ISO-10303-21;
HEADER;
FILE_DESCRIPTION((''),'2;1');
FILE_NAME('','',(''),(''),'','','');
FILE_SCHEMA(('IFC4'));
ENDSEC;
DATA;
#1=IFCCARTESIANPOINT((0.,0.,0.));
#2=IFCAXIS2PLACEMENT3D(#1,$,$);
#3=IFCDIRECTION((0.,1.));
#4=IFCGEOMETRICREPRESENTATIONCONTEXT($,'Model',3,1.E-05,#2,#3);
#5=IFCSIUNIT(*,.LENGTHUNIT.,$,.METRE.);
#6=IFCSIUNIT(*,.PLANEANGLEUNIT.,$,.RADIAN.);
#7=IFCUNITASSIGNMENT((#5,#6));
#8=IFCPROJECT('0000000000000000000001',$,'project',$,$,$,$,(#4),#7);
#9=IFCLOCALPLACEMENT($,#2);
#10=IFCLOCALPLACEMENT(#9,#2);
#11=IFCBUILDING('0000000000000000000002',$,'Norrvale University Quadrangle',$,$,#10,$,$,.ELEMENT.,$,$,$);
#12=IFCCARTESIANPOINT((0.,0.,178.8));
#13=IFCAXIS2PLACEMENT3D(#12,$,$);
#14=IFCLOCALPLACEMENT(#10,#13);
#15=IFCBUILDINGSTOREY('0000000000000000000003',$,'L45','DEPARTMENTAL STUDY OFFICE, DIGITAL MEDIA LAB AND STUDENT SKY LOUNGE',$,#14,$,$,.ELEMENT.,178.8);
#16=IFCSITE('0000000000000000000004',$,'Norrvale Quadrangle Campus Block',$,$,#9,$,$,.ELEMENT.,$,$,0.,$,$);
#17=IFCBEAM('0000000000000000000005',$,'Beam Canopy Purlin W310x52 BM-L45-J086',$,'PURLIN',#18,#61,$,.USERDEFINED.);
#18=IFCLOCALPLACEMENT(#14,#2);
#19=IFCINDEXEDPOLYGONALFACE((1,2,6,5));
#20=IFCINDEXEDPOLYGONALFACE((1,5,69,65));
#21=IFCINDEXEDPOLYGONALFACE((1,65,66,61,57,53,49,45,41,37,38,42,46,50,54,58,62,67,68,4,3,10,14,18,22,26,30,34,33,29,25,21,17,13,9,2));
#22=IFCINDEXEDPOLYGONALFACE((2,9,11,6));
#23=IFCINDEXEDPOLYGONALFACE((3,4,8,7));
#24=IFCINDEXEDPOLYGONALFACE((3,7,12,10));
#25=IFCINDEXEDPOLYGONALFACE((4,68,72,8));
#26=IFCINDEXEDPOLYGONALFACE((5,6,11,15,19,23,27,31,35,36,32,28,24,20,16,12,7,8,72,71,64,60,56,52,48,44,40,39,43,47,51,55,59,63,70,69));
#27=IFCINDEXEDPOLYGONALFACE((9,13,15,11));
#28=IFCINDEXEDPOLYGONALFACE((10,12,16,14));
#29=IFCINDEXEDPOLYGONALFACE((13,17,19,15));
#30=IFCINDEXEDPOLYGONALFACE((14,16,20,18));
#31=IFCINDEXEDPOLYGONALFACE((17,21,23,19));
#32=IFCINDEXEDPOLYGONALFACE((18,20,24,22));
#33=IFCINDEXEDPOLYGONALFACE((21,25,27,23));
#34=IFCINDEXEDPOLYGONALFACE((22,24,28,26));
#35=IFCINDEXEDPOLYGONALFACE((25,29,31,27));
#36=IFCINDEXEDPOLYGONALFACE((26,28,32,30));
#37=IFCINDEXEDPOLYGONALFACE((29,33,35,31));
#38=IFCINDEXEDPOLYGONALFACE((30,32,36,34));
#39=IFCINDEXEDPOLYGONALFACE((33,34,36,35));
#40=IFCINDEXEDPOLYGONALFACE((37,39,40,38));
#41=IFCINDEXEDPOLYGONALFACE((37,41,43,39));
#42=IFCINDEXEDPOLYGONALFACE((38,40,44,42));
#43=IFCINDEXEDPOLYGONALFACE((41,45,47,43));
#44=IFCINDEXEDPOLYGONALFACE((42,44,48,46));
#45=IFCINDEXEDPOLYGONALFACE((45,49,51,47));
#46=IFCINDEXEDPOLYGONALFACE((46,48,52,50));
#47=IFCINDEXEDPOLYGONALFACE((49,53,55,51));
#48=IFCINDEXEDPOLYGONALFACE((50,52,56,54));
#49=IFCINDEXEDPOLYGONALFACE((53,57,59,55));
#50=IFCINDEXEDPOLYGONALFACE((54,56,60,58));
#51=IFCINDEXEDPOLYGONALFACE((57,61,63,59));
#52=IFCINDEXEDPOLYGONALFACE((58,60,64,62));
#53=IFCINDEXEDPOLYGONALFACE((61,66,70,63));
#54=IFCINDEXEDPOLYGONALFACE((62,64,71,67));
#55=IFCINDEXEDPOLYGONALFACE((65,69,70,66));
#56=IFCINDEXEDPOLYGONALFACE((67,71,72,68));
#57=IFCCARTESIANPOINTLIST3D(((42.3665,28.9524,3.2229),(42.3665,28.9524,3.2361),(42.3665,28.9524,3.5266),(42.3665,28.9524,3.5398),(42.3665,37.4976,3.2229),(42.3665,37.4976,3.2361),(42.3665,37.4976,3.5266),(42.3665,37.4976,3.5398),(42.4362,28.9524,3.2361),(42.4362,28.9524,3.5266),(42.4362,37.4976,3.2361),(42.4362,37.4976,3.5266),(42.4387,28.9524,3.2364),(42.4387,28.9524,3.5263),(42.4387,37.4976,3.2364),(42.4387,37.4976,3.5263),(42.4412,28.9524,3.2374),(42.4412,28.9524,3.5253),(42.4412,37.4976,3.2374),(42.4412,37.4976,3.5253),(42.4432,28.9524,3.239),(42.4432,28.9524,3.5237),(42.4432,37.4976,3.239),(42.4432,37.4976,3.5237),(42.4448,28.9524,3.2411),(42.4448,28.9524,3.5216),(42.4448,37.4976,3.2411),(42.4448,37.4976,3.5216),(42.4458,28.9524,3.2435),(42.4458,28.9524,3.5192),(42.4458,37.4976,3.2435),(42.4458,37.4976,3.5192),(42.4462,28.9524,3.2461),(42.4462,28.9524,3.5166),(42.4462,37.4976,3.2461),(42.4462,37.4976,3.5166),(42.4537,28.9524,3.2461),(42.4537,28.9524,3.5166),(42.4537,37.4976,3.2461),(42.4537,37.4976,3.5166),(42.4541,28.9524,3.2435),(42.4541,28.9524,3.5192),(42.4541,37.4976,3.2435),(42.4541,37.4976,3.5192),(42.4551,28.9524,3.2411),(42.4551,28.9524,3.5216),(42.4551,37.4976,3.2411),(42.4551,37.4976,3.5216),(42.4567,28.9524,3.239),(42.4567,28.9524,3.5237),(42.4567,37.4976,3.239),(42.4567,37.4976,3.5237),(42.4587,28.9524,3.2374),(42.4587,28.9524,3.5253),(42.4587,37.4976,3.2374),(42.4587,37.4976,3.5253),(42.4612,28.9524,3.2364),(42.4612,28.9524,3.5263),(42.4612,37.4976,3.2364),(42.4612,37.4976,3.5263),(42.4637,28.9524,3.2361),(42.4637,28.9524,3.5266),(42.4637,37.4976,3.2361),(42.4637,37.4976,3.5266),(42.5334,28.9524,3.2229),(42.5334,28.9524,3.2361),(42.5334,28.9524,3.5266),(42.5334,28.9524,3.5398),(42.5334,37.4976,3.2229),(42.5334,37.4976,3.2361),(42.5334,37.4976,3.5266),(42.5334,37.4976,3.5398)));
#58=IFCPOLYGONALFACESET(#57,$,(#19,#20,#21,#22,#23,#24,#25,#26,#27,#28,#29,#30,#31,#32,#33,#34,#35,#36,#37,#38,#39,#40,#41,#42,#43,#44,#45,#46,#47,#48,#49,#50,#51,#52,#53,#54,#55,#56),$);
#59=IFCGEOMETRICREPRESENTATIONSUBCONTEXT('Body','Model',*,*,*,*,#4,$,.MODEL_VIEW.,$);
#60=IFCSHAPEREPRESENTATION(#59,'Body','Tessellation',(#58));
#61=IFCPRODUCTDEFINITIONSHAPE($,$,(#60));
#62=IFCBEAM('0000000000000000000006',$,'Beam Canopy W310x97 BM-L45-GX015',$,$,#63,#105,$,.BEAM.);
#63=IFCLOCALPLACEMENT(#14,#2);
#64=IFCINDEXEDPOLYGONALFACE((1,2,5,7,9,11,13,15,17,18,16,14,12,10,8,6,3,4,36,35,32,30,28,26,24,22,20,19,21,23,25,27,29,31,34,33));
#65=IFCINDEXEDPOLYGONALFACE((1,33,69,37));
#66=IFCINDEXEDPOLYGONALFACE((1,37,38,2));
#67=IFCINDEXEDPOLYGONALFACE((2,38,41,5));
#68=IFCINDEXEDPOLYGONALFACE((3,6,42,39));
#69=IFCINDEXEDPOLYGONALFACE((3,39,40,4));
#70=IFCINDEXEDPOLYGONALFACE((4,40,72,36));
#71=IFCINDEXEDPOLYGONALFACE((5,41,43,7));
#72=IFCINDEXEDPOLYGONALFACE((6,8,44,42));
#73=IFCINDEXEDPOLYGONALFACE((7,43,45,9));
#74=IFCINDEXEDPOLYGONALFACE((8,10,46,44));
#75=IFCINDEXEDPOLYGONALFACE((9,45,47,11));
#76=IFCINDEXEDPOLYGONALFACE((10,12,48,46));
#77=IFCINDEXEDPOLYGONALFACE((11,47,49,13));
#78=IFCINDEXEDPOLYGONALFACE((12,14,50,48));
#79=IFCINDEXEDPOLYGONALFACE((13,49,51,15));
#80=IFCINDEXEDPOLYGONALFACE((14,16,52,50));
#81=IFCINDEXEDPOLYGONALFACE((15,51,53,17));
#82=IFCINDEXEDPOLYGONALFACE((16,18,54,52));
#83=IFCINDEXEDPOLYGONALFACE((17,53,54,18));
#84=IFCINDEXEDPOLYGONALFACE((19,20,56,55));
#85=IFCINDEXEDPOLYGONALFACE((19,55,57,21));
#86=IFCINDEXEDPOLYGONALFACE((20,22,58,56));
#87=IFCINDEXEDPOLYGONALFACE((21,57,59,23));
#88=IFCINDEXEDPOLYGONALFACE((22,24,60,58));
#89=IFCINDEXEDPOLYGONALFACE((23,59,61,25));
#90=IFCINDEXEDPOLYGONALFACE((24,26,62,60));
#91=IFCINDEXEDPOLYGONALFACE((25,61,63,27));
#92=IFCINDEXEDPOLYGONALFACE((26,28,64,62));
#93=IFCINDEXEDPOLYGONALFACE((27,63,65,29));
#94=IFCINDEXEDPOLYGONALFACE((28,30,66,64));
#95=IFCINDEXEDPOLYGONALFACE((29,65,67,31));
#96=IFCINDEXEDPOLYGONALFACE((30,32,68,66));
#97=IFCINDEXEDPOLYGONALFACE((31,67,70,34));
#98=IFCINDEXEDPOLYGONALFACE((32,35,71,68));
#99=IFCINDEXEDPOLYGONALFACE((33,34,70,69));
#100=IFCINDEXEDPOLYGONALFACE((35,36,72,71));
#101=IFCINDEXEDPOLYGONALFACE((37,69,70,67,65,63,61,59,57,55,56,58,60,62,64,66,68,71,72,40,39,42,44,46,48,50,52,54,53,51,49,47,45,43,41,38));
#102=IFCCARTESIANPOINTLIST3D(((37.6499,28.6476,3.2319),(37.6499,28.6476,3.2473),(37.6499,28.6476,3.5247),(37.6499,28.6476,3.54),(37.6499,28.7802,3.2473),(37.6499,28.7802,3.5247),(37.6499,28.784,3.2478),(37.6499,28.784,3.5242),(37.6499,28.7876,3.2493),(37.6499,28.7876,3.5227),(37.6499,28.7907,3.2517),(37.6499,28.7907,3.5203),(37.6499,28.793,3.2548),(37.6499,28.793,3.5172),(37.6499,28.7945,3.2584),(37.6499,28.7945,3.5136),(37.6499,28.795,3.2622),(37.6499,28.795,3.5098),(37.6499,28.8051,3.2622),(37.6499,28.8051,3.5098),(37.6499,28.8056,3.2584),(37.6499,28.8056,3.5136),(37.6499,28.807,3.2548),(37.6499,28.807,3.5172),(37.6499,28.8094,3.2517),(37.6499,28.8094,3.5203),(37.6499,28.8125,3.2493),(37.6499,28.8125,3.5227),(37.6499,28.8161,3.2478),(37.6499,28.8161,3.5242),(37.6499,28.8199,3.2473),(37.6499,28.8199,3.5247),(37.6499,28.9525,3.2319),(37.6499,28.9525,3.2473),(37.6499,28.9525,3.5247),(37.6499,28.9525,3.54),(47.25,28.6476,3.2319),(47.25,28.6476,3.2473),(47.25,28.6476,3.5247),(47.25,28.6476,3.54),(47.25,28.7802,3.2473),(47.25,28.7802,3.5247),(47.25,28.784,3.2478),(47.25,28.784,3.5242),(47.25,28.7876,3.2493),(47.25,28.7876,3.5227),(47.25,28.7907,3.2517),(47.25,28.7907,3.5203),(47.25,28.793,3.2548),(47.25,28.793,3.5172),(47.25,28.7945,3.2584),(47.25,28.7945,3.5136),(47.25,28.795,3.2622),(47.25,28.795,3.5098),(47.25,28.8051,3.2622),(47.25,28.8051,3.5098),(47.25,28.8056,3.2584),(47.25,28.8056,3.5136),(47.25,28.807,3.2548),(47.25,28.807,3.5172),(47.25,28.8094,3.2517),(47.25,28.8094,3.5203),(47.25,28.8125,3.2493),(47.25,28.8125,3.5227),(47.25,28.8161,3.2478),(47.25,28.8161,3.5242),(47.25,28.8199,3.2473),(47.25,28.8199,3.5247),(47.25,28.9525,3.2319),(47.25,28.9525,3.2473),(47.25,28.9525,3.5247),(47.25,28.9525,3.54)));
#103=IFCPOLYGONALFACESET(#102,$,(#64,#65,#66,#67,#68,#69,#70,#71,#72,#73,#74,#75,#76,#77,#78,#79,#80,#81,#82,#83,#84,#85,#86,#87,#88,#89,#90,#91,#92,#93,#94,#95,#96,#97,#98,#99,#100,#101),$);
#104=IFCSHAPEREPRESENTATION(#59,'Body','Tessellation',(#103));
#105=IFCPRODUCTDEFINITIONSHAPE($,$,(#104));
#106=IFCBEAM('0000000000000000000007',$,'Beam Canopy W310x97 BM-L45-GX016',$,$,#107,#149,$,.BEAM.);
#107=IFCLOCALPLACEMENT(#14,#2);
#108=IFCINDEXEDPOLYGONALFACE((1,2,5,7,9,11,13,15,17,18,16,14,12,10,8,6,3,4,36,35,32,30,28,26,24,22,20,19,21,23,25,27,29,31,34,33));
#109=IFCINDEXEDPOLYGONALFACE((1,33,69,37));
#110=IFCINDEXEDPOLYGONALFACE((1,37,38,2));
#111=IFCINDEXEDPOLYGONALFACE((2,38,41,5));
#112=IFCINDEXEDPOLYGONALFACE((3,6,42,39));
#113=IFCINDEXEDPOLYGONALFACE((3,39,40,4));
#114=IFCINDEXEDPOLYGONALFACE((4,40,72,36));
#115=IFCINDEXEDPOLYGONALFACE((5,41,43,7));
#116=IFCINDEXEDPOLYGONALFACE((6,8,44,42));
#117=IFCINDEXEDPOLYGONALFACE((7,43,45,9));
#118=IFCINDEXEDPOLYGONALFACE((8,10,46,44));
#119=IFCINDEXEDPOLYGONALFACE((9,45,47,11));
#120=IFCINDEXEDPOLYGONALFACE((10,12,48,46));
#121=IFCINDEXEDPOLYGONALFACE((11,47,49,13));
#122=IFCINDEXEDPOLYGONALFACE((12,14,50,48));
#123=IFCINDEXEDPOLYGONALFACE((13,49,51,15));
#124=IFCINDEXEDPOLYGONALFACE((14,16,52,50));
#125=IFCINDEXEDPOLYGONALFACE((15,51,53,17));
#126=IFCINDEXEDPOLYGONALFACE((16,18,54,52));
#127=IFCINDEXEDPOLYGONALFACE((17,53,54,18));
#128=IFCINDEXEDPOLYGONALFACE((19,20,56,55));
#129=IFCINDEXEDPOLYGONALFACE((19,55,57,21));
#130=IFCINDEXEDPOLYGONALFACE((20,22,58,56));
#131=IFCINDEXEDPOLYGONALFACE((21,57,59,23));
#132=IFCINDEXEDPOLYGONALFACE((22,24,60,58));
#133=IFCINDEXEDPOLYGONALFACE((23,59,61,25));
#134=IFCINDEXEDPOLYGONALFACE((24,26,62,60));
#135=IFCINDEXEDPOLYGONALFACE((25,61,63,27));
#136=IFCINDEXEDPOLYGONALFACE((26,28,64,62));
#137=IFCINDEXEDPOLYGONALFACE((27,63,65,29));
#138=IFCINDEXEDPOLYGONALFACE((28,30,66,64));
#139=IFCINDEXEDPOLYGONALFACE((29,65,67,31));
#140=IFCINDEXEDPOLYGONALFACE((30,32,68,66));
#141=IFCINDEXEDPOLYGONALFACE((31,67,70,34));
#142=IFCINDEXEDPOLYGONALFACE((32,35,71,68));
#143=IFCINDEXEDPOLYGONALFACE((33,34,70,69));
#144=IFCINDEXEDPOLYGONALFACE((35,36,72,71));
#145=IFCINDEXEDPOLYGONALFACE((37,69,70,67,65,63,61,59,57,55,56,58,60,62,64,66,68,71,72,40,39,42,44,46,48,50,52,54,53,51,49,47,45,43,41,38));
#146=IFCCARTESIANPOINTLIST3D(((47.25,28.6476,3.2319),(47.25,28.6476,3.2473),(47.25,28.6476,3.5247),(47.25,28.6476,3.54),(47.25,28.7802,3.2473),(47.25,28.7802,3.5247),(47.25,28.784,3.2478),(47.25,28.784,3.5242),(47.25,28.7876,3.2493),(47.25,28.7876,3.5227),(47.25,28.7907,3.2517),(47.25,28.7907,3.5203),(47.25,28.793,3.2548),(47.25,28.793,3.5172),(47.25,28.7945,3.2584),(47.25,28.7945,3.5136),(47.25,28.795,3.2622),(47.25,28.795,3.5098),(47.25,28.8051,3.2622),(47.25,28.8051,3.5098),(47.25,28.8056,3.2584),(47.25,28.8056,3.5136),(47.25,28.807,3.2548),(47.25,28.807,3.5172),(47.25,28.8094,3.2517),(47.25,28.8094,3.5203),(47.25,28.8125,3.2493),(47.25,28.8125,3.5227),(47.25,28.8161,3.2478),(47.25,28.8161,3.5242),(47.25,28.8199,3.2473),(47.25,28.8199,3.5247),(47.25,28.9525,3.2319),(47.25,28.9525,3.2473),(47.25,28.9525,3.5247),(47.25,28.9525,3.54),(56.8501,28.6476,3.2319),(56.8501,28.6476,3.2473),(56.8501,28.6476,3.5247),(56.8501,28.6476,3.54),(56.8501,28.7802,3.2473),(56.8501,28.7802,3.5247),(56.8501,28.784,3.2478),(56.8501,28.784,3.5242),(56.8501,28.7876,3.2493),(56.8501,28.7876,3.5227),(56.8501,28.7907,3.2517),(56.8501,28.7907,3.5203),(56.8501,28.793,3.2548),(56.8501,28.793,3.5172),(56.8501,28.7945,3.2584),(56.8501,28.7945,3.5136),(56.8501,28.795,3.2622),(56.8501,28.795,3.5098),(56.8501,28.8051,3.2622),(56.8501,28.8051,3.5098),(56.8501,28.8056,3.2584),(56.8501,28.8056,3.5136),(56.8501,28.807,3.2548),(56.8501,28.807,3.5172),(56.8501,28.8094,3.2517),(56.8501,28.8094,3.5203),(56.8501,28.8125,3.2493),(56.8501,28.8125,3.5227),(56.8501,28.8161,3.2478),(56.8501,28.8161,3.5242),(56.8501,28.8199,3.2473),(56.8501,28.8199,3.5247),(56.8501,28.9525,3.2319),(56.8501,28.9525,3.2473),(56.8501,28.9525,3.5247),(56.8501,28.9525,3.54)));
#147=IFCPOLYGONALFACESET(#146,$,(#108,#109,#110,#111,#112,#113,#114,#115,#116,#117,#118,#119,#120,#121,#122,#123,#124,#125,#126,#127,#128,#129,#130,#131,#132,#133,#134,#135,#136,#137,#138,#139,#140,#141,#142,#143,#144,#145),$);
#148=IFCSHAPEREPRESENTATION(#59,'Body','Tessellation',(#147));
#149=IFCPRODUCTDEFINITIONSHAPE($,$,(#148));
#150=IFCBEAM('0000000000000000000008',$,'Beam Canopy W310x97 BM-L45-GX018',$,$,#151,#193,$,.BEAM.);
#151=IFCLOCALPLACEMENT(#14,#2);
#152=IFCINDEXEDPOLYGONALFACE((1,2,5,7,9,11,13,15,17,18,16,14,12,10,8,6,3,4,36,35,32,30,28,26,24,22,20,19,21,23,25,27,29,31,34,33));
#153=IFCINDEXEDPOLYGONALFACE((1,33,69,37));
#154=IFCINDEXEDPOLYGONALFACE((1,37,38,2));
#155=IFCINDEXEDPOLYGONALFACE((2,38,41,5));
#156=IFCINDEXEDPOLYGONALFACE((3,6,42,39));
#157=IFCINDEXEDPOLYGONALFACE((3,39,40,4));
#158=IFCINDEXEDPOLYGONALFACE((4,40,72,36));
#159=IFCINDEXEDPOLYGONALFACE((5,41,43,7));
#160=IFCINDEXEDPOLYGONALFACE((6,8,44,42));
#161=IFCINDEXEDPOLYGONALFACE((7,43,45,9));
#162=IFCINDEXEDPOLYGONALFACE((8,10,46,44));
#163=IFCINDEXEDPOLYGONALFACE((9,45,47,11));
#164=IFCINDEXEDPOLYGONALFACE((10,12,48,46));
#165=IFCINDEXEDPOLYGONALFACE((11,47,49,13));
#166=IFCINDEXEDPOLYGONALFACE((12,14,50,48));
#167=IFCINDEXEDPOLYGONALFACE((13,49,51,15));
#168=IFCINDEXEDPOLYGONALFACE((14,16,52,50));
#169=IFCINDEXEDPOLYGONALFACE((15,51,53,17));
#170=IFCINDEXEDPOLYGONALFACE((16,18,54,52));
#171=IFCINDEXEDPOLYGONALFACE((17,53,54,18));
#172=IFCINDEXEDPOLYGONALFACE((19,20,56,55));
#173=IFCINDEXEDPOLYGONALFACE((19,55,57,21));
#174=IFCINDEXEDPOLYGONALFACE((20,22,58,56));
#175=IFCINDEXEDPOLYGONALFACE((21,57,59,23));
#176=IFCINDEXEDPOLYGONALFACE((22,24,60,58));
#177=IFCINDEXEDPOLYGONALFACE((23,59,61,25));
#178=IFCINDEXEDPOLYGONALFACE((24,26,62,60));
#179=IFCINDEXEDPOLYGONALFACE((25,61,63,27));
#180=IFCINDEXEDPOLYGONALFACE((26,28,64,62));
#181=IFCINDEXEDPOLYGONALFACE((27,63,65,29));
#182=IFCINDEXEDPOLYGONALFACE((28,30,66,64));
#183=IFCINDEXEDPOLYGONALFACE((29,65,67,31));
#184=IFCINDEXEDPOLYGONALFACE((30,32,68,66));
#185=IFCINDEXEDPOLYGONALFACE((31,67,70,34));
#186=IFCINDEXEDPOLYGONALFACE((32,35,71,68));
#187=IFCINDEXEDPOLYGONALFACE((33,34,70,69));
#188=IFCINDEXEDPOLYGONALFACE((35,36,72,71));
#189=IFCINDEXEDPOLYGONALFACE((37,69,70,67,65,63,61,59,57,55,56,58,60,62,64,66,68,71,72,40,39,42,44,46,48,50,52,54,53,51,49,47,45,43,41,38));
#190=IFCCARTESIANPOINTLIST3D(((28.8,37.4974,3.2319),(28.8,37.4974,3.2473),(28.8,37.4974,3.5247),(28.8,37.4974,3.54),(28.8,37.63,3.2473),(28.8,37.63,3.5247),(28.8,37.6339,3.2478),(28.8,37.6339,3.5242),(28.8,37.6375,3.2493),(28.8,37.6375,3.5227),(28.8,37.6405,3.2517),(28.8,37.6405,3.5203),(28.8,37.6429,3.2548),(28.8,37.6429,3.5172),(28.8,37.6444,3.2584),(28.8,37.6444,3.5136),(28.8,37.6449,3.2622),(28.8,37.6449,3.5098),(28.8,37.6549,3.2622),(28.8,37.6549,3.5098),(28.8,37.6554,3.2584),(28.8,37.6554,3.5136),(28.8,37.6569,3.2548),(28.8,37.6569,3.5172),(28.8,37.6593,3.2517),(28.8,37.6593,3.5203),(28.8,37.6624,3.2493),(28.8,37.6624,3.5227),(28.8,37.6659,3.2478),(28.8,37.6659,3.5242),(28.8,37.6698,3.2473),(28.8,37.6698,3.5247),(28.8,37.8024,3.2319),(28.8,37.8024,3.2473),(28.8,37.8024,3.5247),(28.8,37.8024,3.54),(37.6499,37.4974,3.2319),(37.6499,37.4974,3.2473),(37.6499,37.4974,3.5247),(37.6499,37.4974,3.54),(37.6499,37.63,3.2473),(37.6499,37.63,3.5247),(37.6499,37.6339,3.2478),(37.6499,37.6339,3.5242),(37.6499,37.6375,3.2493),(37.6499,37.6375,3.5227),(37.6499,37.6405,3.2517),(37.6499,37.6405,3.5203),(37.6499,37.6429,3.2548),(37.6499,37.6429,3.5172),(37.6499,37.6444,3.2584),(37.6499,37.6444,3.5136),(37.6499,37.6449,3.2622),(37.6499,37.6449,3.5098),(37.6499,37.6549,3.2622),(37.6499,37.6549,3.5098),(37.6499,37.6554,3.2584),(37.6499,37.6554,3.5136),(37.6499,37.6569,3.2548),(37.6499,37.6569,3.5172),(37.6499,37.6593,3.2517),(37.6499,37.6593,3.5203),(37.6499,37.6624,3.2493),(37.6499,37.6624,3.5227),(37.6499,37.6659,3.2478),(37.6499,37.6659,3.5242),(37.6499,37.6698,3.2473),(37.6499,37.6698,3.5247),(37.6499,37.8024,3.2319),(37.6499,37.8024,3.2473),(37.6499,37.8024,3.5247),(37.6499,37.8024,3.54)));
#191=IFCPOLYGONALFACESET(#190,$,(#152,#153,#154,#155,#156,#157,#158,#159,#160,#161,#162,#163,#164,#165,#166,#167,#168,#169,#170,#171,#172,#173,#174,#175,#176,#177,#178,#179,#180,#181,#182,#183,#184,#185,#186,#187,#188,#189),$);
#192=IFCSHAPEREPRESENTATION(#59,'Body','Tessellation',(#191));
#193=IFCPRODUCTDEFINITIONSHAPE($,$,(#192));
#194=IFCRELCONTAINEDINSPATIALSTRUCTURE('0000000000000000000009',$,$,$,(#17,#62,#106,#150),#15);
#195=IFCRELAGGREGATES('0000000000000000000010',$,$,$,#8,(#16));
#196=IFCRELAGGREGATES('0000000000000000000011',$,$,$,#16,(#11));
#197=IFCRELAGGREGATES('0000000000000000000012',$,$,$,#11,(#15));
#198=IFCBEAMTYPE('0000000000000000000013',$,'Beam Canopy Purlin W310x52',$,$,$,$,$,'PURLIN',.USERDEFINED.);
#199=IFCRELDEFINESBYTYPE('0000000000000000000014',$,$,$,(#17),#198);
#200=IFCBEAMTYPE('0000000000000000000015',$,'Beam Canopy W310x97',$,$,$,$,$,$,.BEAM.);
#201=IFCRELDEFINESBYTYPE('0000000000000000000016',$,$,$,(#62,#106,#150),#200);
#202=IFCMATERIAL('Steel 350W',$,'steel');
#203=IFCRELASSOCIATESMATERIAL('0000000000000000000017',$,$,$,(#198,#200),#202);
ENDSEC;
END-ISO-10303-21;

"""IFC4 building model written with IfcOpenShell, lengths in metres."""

from ifc_helpers import new_model, si_unit, direction, frame, origin, origin_2d, place, context, subcontext, project, spatial, i_section, extrude, material, material_profile, profile_set, type_object, element, save


model = new_model("IFC4")

# Units and contexts
model_context = context("Model", 3, precision=1e-05, world=origin(), true_north=direction((0.0, 1.0)))
body_context = subcontext(model_context, "Body", "Model", "MODEL_VIEW")
ifc_project = project(units=[si_unit("LENGTHUNIT", "METRE"), si_unit("PLANEANGLEUNIT", "RADIAN")], contexts=[model_context])

# Site, building, storey
site_placement = place(None, origin())
site = spatial("IfcSite", under=ifc_project, at=site_placement, Name="Norrvale Quadrangle Campus Block", CompositionType="ELEMENT", RefElevation=0.0)
building_placement = place(site_placement, origin())
building = spatial("IfcBuilding", under=site, at=building_placement, Name="Norrvale University Quadrangle", CompositionType="ELEMENT")
storey_placement = place(building_placement, frame((0.0, 0.0, 178.8)))
storey = spatial("IfcBuildingStorey", under=building, at=storey_placement, Name="L45", Description="DEPARTMENTAL STUDY OFFICE, DIGITAL MEDIA LAB AND STUDENT SKY LOUNGE", CompositionType="ELEMENT", Elevation=178.8)

# Beams
ifc_material_1 = material(Name="Steel 350W", Category="steel")
ifc_material_profile_1 = material_profile(ifc_material_1, i_section(OverallWidth=0.167, OverallDepth=0.3169, WebThickness=0.0076, FlangeThickness=0.0132, FilletRadius=0.01, at=origin_2d()), Name="Steel 350W")
ifc_profile_set_1 = profile_set([ifc_material_profile_1], Name="Steel 350W")
beam_type_1 = type_object("IfcBeamType", Name="Beam Canopy Purlin W310x52", ElementType="PURLIN", PredefinedType="USERDEFINED", material=ifc_profile_set_1)
beam_1_placement = place(storey_placement, frame((42.45, 28.9524, 3.3813), z_axis=(0.0, 1.0, 0.0), x_axis=(-1.0, 0.0, 0.0)))
element("IfcBeam", 1, at=beam_1_placement, inside=storey, type_object=beam_type_1, Name="Beam Canopy Purlin W310x52 BM-L45-J086", ObjectType="PURLIN", PredefinedType="USERDEFINED", context=body_context, shape_type="SweptSolid", body=[
    extrude(i_section(OverallWidth=0.167, OverallDepth=0.3169, WebThickness=0.0076, FlangeThickness=0.0132, FilletRadius=0.01, at=origin_2d()), origin(), (0.0, 0.0, 1.0), 8.5452),
])
ifc_material_profile_2 = material_profile(ifc_material_1, i_section(OverallWidth=0.3049, OverallDepth=0.3081, WebThickness=0.01, FlangeThickness=0.0154, FilletRadius=0.0149, at=origin_2d()), Name="Steel 350W")
ifc_profile_set_2 = profile_set([ifc_material_profile_2], Name="Steel 350W")
beam_type_2 = type_object("IfcBeamType", Name="Beam Canopy W310x97", PredefinedType="BEAM", material=ifc_profile_set_2)
for number, where, z_axis, x_axis, name in (
    (2, (37.6499, 28.8, 3.386), (1.0, 0.0, 0.0), (0.0, 1.0, 0.0), "Beam Canopy W310x97 BM-L45-GX015"),
    (3, (47.25, 28.8, 3.386), (1.0, 0.0, 0.0), (0.0, 1.0, 0.0), "Beam Canopy W310x97 BM-L45-GX016"),
):
    element("IfcBeam", number, at=place(storey_placement, frame(where, z_axis=z_axis, x_axis=x_axis)), inside=storey, type_object=beam_type_2, Name=name, PredefinedType="BEAM", context=body_context, shape_type="SweptSolid", body=[
        extrude(i_section(OverallWidth=0.3049, OverallDepth=0.3081, WebThickness=0.01, FlangeThickness=0.0154, FilletRadius=0.0149, at=origin_2d()), origin(), (0.0, 0.0, 1.0), 9.6001),
    ])
beam_2_placement = place(storey_placement, frame((28.8, 37.6499, 3.386), z_axis=(1.0, 0.0, 0.0), x_axis=(0.0, 1.0, 0.0)))
element("IfcBeam", 4, at=beam_2_placement, inside=storey, type_object=beam_type_2, Name="Beam Canopy W310x97 BM-L45-GX018", PredefinedType="BEAM", context=body_context, shape_type="SweptSolid", body=[
    extrude(i_section(OverallWidth=0.3049, OverallDepth=0.3081, WebThickness=0.01, FlangeThickness=0.0154, FilletRadius=0.0149, at=origin_2d()), origin(), (0.0, 0.0, 1.0), 8.8499),
])

save(model, "model.ifc")
